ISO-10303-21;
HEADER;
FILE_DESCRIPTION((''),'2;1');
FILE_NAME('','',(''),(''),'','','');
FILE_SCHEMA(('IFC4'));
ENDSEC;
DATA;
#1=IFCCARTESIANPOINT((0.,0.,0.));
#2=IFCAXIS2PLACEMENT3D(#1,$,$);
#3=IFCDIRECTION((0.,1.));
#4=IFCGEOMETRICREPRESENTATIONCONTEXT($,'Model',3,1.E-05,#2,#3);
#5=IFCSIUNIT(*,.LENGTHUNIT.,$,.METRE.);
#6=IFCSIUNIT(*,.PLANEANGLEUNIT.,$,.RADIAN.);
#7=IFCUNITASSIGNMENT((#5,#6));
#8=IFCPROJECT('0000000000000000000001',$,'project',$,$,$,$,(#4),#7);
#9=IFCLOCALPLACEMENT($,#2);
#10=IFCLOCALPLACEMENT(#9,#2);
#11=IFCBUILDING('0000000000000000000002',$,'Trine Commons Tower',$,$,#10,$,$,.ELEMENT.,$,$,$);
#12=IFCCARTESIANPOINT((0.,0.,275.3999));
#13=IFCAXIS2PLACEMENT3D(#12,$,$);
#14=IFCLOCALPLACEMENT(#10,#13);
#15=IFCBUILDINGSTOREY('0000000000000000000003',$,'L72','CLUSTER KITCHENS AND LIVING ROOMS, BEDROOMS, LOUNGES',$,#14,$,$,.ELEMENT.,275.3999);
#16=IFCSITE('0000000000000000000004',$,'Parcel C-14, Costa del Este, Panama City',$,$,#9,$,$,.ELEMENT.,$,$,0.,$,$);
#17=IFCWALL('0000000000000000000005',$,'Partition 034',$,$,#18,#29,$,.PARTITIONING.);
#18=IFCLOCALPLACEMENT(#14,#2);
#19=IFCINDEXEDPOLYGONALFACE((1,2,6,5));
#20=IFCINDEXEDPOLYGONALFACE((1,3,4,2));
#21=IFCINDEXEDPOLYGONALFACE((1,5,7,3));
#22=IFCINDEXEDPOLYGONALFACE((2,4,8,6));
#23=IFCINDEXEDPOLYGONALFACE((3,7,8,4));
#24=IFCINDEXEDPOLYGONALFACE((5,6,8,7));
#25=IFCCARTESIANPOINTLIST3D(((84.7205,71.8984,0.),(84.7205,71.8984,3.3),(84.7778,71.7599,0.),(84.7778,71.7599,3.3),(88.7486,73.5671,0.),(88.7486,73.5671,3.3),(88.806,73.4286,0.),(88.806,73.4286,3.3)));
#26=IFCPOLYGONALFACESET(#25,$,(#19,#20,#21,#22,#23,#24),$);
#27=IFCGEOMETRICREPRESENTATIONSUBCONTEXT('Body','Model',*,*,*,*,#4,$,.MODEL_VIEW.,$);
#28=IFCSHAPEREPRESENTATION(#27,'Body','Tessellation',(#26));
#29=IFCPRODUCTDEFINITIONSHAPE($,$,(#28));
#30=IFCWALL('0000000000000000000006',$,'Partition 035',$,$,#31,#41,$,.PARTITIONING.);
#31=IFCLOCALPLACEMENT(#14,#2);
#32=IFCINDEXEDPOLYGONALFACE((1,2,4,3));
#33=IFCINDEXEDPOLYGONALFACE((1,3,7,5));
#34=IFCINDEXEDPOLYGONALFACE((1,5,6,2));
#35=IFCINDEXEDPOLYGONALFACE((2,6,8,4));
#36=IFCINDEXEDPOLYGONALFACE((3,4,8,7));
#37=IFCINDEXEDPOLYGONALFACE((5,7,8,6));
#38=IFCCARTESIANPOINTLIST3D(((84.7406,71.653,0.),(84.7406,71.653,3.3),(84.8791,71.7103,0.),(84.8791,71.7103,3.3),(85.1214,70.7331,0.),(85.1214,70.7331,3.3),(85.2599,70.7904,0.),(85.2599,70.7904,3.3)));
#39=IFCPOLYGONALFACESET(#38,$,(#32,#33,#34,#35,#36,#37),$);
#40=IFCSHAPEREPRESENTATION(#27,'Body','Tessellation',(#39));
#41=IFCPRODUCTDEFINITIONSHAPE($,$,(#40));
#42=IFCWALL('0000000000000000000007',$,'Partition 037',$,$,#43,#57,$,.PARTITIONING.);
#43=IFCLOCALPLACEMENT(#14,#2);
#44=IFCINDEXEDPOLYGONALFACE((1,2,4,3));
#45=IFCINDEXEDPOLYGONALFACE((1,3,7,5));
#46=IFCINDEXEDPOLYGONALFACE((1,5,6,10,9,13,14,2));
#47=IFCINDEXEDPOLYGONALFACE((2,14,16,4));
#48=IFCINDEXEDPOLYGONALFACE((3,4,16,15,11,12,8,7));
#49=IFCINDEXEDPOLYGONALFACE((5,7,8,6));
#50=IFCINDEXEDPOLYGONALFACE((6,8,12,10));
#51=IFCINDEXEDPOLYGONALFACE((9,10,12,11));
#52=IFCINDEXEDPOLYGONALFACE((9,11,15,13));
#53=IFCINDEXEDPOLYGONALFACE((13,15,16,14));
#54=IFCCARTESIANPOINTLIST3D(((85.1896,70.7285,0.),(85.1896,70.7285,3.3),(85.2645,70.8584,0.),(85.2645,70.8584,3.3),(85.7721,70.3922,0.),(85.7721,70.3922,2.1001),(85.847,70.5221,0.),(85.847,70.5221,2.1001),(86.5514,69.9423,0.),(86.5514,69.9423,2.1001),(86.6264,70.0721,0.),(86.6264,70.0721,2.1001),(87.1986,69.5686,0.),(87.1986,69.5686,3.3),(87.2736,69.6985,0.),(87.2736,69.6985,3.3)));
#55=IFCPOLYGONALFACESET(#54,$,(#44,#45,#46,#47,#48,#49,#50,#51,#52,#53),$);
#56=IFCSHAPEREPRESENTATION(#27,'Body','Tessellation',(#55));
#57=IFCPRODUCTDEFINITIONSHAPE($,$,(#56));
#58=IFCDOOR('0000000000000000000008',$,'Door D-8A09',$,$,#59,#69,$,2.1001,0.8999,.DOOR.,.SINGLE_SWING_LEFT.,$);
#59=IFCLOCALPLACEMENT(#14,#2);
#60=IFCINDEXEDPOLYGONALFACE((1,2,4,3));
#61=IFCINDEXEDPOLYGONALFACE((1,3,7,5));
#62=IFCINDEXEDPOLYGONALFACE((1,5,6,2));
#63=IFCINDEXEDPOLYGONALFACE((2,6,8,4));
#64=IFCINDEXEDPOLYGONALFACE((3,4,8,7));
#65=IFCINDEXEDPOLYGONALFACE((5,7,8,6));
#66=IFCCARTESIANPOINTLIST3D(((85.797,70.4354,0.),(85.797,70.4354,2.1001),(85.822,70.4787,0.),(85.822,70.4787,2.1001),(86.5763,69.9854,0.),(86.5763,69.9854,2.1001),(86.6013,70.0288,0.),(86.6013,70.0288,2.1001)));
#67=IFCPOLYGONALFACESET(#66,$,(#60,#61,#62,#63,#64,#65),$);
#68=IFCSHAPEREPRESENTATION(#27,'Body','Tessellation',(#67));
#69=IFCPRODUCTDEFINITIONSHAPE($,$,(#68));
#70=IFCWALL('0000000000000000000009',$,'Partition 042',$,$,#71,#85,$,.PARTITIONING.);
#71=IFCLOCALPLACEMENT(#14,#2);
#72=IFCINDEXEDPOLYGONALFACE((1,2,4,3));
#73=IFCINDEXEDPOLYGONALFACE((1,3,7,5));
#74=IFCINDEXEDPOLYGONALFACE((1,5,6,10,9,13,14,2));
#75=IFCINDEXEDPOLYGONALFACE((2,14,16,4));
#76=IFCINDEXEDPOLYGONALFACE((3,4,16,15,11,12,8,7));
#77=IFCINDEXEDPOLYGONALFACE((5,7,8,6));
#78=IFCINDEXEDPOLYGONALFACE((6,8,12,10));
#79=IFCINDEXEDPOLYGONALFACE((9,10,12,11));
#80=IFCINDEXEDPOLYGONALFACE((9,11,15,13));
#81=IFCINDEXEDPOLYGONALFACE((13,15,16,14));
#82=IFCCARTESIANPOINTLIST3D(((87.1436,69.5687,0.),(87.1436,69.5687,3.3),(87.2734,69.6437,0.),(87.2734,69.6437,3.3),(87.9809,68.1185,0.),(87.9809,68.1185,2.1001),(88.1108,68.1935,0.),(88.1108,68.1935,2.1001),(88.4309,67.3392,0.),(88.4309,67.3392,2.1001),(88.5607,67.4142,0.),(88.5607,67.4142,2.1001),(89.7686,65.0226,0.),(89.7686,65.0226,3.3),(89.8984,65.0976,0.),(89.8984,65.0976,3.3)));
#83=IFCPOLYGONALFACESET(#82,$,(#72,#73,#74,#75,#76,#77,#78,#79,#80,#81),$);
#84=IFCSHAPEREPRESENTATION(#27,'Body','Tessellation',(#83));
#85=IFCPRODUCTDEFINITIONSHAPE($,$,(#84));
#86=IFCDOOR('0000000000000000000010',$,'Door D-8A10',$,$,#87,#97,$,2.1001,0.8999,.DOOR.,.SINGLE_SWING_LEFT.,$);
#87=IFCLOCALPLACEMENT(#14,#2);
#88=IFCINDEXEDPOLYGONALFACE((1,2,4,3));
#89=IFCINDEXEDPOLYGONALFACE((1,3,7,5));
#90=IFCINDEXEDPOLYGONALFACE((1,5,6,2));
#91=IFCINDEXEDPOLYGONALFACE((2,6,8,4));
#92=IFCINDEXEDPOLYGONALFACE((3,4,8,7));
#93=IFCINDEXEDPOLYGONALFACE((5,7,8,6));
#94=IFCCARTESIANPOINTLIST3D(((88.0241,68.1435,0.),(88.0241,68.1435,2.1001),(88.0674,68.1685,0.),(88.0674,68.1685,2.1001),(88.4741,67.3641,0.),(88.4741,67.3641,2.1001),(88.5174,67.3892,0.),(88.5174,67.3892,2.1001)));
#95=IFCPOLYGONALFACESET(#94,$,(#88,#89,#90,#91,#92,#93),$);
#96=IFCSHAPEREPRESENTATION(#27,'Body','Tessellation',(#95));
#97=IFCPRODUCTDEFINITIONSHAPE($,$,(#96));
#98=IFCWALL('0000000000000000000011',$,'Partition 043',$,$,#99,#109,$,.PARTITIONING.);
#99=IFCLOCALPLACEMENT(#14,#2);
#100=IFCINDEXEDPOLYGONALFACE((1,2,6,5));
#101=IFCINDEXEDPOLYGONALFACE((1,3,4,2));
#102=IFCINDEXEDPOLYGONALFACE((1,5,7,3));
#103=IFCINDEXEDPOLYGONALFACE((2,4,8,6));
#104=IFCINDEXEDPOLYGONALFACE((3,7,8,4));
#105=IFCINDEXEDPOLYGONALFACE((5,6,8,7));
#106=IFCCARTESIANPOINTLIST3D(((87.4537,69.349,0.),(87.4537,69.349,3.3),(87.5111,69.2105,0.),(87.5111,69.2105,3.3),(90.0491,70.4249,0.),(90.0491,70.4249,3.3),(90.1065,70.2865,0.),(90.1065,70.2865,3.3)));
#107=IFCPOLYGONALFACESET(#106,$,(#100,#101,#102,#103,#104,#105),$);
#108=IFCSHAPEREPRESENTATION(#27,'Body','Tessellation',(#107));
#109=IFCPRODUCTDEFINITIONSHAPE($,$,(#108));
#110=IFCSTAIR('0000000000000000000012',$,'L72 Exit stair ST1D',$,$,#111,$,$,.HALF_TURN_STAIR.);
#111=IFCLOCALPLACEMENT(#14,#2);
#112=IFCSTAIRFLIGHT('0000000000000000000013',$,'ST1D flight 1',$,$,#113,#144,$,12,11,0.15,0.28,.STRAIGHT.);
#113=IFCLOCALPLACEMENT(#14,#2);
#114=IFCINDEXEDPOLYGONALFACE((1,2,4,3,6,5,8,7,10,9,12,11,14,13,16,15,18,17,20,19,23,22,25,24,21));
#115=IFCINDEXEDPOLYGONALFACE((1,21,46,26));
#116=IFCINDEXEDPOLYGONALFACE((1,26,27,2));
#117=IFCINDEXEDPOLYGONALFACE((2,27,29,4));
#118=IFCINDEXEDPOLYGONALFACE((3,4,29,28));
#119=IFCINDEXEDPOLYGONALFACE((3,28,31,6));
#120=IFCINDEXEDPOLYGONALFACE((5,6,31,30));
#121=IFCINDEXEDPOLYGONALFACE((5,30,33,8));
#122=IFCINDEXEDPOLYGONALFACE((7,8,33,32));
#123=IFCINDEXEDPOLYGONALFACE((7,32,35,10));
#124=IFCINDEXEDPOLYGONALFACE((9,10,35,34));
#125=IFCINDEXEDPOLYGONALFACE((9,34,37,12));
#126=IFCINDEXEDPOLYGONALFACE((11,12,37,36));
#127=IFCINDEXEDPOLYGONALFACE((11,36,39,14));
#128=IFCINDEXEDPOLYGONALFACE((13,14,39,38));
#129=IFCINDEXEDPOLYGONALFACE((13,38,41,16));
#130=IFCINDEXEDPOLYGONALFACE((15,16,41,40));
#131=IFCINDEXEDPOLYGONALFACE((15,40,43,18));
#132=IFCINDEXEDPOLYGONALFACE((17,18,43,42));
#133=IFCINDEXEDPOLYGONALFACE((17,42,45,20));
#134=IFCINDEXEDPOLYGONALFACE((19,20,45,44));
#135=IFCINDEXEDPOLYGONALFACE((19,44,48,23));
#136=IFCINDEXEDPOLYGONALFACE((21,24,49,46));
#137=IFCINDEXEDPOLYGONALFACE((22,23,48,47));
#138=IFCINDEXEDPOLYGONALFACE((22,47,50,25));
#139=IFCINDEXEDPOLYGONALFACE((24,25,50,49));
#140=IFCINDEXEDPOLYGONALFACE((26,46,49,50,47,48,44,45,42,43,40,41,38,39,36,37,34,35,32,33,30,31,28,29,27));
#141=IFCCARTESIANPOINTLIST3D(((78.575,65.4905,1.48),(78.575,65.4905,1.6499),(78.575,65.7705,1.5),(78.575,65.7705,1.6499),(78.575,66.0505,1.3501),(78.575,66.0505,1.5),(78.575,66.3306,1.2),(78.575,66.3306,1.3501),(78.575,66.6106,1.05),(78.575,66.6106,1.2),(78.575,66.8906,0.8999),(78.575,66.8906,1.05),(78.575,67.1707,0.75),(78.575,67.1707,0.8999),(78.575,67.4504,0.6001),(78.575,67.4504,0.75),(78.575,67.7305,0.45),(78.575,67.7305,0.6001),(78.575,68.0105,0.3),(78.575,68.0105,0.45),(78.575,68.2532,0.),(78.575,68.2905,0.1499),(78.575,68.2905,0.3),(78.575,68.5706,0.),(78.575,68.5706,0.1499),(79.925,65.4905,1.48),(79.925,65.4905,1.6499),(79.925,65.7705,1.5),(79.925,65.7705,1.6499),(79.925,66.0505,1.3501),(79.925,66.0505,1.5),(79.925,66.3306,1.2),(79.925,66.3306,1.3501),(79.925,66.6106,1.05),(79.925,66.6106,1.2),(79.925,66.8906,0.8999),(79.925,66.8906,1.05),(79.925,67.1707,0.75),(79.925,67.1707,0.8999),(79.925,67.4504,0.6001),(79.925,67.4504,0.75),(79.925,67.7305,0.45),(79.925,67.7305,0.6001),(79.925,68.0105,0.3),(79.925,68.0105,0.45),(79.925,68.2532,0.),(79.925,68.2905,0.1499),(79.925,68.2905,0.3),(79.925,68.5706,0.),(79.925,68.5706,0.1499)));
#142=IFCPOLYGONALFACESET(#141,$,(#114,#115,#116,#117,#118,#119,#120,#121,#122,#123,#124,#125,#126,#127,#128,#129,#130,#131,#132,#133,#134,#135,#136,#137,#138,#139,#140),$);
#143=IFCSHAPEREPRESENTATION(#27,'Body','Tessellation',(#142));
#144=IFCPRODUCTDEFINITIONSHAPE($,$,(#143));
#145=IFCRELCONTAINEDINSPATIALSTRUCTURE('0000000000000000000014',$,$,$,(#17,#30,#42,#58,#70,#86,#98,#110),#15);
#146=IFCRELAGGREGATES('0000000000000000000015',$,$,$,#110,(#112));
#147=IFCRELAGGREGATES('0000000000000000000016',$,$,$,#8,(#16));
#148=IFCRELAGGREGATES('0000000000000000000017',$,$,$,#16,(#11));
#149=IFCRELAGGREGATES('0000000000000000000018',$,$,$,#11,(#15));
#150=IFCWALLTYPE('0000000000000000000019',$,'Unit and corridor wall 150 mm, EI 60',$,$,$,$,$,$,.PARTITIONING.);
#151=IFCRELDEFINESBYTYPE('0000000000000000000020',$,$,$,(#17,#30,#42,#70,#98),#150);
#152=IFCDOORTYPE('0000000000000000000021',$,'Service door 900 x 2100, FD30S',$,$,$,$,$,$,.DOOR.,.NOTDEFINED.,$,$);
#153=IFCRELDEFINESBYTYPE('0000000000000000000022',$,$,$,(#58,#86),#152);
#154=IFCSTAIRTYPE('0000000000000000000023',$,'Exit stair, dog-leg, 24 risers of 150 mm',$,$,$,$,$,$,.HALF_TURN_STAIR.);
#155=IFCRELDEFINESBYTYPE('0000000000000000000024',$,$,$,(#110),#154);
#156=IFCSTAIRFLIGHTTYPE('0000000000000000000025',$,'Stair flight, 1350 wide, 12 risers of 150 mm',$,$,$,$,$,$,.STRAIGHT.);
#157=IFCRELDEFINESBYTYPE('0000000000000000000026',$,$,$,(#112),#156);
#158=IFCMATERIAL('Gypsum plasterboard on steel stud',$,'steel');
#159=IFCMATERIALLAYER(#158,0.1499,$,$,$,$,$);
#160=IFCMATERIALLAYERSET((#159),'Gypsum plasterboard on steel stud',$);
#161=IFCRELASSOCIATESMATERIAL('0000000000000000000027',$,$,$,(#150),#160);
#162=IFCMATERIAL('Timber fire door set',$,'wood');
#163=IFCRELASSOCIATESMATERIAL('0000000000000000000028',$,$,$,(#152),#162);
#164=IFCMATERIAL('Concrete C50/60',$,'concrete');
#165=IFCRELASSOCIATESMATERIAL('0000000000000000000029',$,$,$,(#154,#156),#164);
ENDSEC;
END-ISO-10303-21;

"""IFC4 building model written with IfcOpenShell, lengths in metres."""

from ifc_helpers import new_model, si_unit, direction, frame, frame_2d, origin, place, context, subcontext, project, spatial, polyline, rectangle, outline, extrude, material, layer, layer_set, type_object, element, fill, aggregate, save


model = new_model("IFC4")

# Units and contexts
model_context = context("Model", 3, precision=1e-05, world=origin(), true_north=direction((0.0, 1.0)))
body_context = subcontext(model_context, "Body", "Model", "MODEL_VIEW")
ifc_project = project(units=[si_unit("LENGTHUNIT", "METRE"), si_unit("PLANEANGLEUNIT", "RADIAN")], contexts=[model_context])

# Site, building, storey
site_placement = place(None, origin())
site = spatial("IfcSite", under=ifc_project, at=site_placement, Name="Parcel C-14, Costa del Este, Panama City", CompositionType="ELEMENT", RefElevation=0.0)
building_placement = place(site_placement, origin())
building = spatial("IfcBuilding", under=site, at=building_placement, Name="Trine Commons Tower", CompositionType="ELEMENT")
storey_placement = place(building_placement, frame((0.0, 0.0, 275.3999)))
storey = spatial("IfcBuildingStorey", under=building, at=storey_placement, Name="L72", Description="CLUSTER KITCHENS AND LIVING ROOMS, BEDROOMS, LOUNGES", CompositionType="ELEMENT", Elevation=275.3999)

# Shared definitions
ifc_material_1 = material(Name="Concrete C50/60", Category="concrete")

# Walls
ifc_material_2 = material(Name="Gypsum plasterboard on steel stud", Category="steel")
ifc_layer_1 = layer(ifc_material_2, 0.1499)
ifc_layer_set_1 = layer_set([ifc_layer_1], Name="Gypsum plasterboard on steel stud")
wall_type_1 = type_object("IfcWallType", Name="Unit and corridor wall 150 mm, EI 60", PredefinedType="PARTITIONING", material=ifc_layer_set_1)
wall_1_placement = place(storey_placement, frame((84.749, 71.8291, 0.0), z_axis=(0.0, 0.0, 1.0), x_axis=(0.923862, 0.382726, 0.0)))
element("IfcWall", 1, at=wall_1_placement, inside=storey, type_object=wall_type_1, Name="Partition 034", PredefinedType="PARTITIONING", context=body_context, shape_type="SweptSolid", body=[
    extrude(rectangle(XDim=4.3601, YDim=0.1499, at=frame_2d((2.1802, 0.0))), origin(), (0.0, 0.0, 1.0), 3.3),
])
wall_2_placement = place(storey_placement, frame((84.8098, 71.6816, 0.0), z_axis=(0.0, 0.0, 1.0), x_axis=(0.382525, -0.923945, 0.0)))
element("IfcWall", 2, at=wall_2_placement, inside=storey, type_object=wall_type_1, Name="Partition 035", PredefinedType="PARTITIONING", context=body_context, shape_type="SweptSolid", body=[
    extrude(rectangle(XDim=0.9956, YDim=0.1499, at=frame_2d((0.4978, 0.0))), origin(), (0.0, 0.0, 1.0), 3.3),
])

# Walls, openings, doors
wall_3_placement = place(storey_placement, frame((85.2271, 70.7935, 0.0), z_axis=(0.0, 0.0, 1.0), x_axis=(0.866026, -0.499999, 0.0)))
wall_3 = element("IfcWall", 3, at=wall_3_placement, inside=storey, type_object=wall_type_1, Name="Partition 037", PredefinedType="PARTITIONING", context=body_context, shape_type="SweptSolid", body=[
    extrude(rectangle(XDim=2.3198, YDim=0.1499, at=frame_2d((1.1599, 0.0))), origin(), (0.0, 0.0, 1.0), 3.3),
])
opening_1_placement = place(wall_3_placement, frame((0.6726, 0.0, 0.0)))
opening_1 = element("IfcOpeningElement", 4, at=opening_1_placement, cuts=wall_3, PredefinedType="OPENING", context=body_context, shape_type="SweptSolid", body=[
    extrude(rectangle(XDim=0.8999, YDim=2.1001, at=frame_2d((0.45, 1.05))), frame((0.0, 0.085, 0.0), z_axis=(0.0, -1.0, 0.0), x_axis=(1.0, 0.0, 0.0)), (0.0, 0.0, 1.0), 0.1699),
])
ifc_material_3 = material(Name="Timber fire door set", Category="wood")
door_type_1 = type_object("IfcDoorType", Name="Service door 900 x 2100, FD30S", OperationType="NOTDEFINED", PredefinedType="DOOR", material=ifc_material_3)
door_1_placement = place(opening_1_placement, origin())
door_1 = element("IfcDoor", 5, at=door_1_placement, inside=storey, type_object=door_type_1, Name="Door D-8A09", OperationType="SINGLE_SWING_LEFT", OverallHeight=2.1001, OverallWidth=0.8999, PredefinedType="DOOR", context=body_context, shape_type="SweptSolid", body=[
    extrude(rectangle(XDim=0.8999, YDim=2.1001, at=frame_2d((0.45, 1.05))), frame((0.0, 0.0249, 0.0), z_axis=(0.0, -1.0, 0.0), x_axis=(1.0, 0.0, 0.0)), (0.0, 0.0, 1.0), 0.05),
])
fill(opening_1, door_1)
wall_4_placement = place(storey_placement, frame((87.2085, 69.6062, 0.0), z_axis=(0.0, 0.0, 1.0), x_axis=(0.50004, -0.866002, 0.0)))
wall_4 = element("IfcWall", 6, at=wall_4_placement, inside=storey, type_object=wall_type_1, Name="Partition 042", PredefinedType="PARTITIONING", context=body_context, shape_type="SweptSolid", body=[
    extrude(rectangle(XDim=5.2495, YDim=0.1499, at=frame_2d((2.6248, 0.0))), origin(), (0.0, 0.0, 1.0), 3.3),
])
opening_2_placement = place(wall_4_placement, frame((1.6746, 0.0, 0.0)))
opening_2 = element("IfcOpeningElement", 7, at=opening_2_placement, cuts=wall_4, PredefinedType="OPENING", context=body_context, shape_type="SweptSolid", body=[
    extrude(rectangle(XDim=0.8999, YDim=2.1001, at=frame_2d((0.45, 1.05))), frame((0.0, 0.085, 0.0), z_axis=(0.0, -1.0, 0.0), x_axis=(1.0, 0.0, 0.0)), (0.0, 0.0, 1.0), 0.1699),
])
door_2_placement = place(opening_2_placement, origin())
door_2 = element("IfcDoor", 8, at=door_2_placement, inside=storey, type_object=door_type_1, Name="Door D-8A10", OperationType="SINGLE_SWING_LEFT", OverallHeight=2.1001, OverallWidth=0.8999, PredefinedType="DOOR", context=body_context, shape_type="SweptSolid", body=[
    extrude(rectangle(XDim=0.8999, YDim=2.1001, at=frame_2d((0.45, 1.05))), frame((0.0, 0.0249, 0.0), z_axis=(0.0, -1.0, 0.0), x_axis=(1.0, 0.0, 0.0)), (0.0, 0.0, 1.0), 0.05),
])
fill(opening_2, door_2)

# Wall
wall_5_placement = place(storey_placement, frame((87.4824, 69.2798, 0.0), z_axis=(0.0, 0.0, 1.0), x_axis=(0.923772, 0.382943, 0.0)))
element("IfcWall", 9, at=wall_5_placement, inside=storey, type_object=wall_type_1, Name="Partition 043", PredefinedType="PARTITIONING", context=body_context, shape_type="SweptSolid", body=[
    extrude(rectangle(XDim=2.8096, YDim=0.1499, at=frame_2d((1.4048, 0.0))), origin(), (0.0, 0.0, 1.0), 3.3),
])

# Stair, stair flight
stair_type = type_object("IfcStairType", Name="Exit stair, dog-leg, 24 risers of 150 mm", PredefinedType="HALF_TURN_STAIR", material=ifc_material_1)
stair_placement = place(storey_placement, origin())
stair = element("IfcStair", 10, at=stair_placement, inside=storey, type_object=stair_type, Name="L72 Exit stair ST1D", PredefinedType="HALF_TURN_STAIR")
stair_flight_type = type_object("IfcStairFlightType", Name="Stair flight, 1350 wide, 12 risers of 150 mm", PredefinedType="STRAIGHT", material=ifc_material_1)
stair_flight_placement = place(storey_placement, frame((79.25, 68.5706, 0.0), z_axis=(0.0, 0.0, 1.0), x_axis=(0.0, -1.0, 0.0)))
stair_flight = element("IfcStairFlight", 11, at=stair_flight_placement, type_object=stair_flight_type, Name="ST1D flight 1", NumberOfRisers=12, NumberOfTreads=11, PredefinedType="STRAIGHT", RiserHeight=0.15, TreadLength=0.28, context=body_context, shape_type="SweptSolid", body=[
    extrude(outline(polyline([(0.0, 0.0), (0.0, 0.1499), (0.28, 0.1499), (0.28, 0.3), (0.5601, 0.3), (0.5601, 0.45), (0.8401, 0.45), (0.8401, 0.6001), (1.1201, 0.6001), (1.1201, 0.75), (1.3999, 0.75), (1.3999, 0.8999), (1.6799, 0.8999), (1.6799, 1.05), (1.96, 1.05), (1.96, 1.2), (2.24, 1.2), (2.24, 1.3501), (2.52, 1.3501), (2.52, 1.5), (2.8, 1.5), (2.8, 1.6499), (3.0801, 1.6499), (3.0801, 1.8), (3.0801, 1.48), (0.3174, 0.0), (0.0, 0.0)])), frame((0.0, 0.675, 0.0), z_axis=(0.0, -1.0, 0.0), x_axis=(1.0, 0.0, 0.0)), (0.0, 0.0, 1.0), 1.3501),
])
aggregate(stair, [stair_flight])

save(model, "model.ifc")
